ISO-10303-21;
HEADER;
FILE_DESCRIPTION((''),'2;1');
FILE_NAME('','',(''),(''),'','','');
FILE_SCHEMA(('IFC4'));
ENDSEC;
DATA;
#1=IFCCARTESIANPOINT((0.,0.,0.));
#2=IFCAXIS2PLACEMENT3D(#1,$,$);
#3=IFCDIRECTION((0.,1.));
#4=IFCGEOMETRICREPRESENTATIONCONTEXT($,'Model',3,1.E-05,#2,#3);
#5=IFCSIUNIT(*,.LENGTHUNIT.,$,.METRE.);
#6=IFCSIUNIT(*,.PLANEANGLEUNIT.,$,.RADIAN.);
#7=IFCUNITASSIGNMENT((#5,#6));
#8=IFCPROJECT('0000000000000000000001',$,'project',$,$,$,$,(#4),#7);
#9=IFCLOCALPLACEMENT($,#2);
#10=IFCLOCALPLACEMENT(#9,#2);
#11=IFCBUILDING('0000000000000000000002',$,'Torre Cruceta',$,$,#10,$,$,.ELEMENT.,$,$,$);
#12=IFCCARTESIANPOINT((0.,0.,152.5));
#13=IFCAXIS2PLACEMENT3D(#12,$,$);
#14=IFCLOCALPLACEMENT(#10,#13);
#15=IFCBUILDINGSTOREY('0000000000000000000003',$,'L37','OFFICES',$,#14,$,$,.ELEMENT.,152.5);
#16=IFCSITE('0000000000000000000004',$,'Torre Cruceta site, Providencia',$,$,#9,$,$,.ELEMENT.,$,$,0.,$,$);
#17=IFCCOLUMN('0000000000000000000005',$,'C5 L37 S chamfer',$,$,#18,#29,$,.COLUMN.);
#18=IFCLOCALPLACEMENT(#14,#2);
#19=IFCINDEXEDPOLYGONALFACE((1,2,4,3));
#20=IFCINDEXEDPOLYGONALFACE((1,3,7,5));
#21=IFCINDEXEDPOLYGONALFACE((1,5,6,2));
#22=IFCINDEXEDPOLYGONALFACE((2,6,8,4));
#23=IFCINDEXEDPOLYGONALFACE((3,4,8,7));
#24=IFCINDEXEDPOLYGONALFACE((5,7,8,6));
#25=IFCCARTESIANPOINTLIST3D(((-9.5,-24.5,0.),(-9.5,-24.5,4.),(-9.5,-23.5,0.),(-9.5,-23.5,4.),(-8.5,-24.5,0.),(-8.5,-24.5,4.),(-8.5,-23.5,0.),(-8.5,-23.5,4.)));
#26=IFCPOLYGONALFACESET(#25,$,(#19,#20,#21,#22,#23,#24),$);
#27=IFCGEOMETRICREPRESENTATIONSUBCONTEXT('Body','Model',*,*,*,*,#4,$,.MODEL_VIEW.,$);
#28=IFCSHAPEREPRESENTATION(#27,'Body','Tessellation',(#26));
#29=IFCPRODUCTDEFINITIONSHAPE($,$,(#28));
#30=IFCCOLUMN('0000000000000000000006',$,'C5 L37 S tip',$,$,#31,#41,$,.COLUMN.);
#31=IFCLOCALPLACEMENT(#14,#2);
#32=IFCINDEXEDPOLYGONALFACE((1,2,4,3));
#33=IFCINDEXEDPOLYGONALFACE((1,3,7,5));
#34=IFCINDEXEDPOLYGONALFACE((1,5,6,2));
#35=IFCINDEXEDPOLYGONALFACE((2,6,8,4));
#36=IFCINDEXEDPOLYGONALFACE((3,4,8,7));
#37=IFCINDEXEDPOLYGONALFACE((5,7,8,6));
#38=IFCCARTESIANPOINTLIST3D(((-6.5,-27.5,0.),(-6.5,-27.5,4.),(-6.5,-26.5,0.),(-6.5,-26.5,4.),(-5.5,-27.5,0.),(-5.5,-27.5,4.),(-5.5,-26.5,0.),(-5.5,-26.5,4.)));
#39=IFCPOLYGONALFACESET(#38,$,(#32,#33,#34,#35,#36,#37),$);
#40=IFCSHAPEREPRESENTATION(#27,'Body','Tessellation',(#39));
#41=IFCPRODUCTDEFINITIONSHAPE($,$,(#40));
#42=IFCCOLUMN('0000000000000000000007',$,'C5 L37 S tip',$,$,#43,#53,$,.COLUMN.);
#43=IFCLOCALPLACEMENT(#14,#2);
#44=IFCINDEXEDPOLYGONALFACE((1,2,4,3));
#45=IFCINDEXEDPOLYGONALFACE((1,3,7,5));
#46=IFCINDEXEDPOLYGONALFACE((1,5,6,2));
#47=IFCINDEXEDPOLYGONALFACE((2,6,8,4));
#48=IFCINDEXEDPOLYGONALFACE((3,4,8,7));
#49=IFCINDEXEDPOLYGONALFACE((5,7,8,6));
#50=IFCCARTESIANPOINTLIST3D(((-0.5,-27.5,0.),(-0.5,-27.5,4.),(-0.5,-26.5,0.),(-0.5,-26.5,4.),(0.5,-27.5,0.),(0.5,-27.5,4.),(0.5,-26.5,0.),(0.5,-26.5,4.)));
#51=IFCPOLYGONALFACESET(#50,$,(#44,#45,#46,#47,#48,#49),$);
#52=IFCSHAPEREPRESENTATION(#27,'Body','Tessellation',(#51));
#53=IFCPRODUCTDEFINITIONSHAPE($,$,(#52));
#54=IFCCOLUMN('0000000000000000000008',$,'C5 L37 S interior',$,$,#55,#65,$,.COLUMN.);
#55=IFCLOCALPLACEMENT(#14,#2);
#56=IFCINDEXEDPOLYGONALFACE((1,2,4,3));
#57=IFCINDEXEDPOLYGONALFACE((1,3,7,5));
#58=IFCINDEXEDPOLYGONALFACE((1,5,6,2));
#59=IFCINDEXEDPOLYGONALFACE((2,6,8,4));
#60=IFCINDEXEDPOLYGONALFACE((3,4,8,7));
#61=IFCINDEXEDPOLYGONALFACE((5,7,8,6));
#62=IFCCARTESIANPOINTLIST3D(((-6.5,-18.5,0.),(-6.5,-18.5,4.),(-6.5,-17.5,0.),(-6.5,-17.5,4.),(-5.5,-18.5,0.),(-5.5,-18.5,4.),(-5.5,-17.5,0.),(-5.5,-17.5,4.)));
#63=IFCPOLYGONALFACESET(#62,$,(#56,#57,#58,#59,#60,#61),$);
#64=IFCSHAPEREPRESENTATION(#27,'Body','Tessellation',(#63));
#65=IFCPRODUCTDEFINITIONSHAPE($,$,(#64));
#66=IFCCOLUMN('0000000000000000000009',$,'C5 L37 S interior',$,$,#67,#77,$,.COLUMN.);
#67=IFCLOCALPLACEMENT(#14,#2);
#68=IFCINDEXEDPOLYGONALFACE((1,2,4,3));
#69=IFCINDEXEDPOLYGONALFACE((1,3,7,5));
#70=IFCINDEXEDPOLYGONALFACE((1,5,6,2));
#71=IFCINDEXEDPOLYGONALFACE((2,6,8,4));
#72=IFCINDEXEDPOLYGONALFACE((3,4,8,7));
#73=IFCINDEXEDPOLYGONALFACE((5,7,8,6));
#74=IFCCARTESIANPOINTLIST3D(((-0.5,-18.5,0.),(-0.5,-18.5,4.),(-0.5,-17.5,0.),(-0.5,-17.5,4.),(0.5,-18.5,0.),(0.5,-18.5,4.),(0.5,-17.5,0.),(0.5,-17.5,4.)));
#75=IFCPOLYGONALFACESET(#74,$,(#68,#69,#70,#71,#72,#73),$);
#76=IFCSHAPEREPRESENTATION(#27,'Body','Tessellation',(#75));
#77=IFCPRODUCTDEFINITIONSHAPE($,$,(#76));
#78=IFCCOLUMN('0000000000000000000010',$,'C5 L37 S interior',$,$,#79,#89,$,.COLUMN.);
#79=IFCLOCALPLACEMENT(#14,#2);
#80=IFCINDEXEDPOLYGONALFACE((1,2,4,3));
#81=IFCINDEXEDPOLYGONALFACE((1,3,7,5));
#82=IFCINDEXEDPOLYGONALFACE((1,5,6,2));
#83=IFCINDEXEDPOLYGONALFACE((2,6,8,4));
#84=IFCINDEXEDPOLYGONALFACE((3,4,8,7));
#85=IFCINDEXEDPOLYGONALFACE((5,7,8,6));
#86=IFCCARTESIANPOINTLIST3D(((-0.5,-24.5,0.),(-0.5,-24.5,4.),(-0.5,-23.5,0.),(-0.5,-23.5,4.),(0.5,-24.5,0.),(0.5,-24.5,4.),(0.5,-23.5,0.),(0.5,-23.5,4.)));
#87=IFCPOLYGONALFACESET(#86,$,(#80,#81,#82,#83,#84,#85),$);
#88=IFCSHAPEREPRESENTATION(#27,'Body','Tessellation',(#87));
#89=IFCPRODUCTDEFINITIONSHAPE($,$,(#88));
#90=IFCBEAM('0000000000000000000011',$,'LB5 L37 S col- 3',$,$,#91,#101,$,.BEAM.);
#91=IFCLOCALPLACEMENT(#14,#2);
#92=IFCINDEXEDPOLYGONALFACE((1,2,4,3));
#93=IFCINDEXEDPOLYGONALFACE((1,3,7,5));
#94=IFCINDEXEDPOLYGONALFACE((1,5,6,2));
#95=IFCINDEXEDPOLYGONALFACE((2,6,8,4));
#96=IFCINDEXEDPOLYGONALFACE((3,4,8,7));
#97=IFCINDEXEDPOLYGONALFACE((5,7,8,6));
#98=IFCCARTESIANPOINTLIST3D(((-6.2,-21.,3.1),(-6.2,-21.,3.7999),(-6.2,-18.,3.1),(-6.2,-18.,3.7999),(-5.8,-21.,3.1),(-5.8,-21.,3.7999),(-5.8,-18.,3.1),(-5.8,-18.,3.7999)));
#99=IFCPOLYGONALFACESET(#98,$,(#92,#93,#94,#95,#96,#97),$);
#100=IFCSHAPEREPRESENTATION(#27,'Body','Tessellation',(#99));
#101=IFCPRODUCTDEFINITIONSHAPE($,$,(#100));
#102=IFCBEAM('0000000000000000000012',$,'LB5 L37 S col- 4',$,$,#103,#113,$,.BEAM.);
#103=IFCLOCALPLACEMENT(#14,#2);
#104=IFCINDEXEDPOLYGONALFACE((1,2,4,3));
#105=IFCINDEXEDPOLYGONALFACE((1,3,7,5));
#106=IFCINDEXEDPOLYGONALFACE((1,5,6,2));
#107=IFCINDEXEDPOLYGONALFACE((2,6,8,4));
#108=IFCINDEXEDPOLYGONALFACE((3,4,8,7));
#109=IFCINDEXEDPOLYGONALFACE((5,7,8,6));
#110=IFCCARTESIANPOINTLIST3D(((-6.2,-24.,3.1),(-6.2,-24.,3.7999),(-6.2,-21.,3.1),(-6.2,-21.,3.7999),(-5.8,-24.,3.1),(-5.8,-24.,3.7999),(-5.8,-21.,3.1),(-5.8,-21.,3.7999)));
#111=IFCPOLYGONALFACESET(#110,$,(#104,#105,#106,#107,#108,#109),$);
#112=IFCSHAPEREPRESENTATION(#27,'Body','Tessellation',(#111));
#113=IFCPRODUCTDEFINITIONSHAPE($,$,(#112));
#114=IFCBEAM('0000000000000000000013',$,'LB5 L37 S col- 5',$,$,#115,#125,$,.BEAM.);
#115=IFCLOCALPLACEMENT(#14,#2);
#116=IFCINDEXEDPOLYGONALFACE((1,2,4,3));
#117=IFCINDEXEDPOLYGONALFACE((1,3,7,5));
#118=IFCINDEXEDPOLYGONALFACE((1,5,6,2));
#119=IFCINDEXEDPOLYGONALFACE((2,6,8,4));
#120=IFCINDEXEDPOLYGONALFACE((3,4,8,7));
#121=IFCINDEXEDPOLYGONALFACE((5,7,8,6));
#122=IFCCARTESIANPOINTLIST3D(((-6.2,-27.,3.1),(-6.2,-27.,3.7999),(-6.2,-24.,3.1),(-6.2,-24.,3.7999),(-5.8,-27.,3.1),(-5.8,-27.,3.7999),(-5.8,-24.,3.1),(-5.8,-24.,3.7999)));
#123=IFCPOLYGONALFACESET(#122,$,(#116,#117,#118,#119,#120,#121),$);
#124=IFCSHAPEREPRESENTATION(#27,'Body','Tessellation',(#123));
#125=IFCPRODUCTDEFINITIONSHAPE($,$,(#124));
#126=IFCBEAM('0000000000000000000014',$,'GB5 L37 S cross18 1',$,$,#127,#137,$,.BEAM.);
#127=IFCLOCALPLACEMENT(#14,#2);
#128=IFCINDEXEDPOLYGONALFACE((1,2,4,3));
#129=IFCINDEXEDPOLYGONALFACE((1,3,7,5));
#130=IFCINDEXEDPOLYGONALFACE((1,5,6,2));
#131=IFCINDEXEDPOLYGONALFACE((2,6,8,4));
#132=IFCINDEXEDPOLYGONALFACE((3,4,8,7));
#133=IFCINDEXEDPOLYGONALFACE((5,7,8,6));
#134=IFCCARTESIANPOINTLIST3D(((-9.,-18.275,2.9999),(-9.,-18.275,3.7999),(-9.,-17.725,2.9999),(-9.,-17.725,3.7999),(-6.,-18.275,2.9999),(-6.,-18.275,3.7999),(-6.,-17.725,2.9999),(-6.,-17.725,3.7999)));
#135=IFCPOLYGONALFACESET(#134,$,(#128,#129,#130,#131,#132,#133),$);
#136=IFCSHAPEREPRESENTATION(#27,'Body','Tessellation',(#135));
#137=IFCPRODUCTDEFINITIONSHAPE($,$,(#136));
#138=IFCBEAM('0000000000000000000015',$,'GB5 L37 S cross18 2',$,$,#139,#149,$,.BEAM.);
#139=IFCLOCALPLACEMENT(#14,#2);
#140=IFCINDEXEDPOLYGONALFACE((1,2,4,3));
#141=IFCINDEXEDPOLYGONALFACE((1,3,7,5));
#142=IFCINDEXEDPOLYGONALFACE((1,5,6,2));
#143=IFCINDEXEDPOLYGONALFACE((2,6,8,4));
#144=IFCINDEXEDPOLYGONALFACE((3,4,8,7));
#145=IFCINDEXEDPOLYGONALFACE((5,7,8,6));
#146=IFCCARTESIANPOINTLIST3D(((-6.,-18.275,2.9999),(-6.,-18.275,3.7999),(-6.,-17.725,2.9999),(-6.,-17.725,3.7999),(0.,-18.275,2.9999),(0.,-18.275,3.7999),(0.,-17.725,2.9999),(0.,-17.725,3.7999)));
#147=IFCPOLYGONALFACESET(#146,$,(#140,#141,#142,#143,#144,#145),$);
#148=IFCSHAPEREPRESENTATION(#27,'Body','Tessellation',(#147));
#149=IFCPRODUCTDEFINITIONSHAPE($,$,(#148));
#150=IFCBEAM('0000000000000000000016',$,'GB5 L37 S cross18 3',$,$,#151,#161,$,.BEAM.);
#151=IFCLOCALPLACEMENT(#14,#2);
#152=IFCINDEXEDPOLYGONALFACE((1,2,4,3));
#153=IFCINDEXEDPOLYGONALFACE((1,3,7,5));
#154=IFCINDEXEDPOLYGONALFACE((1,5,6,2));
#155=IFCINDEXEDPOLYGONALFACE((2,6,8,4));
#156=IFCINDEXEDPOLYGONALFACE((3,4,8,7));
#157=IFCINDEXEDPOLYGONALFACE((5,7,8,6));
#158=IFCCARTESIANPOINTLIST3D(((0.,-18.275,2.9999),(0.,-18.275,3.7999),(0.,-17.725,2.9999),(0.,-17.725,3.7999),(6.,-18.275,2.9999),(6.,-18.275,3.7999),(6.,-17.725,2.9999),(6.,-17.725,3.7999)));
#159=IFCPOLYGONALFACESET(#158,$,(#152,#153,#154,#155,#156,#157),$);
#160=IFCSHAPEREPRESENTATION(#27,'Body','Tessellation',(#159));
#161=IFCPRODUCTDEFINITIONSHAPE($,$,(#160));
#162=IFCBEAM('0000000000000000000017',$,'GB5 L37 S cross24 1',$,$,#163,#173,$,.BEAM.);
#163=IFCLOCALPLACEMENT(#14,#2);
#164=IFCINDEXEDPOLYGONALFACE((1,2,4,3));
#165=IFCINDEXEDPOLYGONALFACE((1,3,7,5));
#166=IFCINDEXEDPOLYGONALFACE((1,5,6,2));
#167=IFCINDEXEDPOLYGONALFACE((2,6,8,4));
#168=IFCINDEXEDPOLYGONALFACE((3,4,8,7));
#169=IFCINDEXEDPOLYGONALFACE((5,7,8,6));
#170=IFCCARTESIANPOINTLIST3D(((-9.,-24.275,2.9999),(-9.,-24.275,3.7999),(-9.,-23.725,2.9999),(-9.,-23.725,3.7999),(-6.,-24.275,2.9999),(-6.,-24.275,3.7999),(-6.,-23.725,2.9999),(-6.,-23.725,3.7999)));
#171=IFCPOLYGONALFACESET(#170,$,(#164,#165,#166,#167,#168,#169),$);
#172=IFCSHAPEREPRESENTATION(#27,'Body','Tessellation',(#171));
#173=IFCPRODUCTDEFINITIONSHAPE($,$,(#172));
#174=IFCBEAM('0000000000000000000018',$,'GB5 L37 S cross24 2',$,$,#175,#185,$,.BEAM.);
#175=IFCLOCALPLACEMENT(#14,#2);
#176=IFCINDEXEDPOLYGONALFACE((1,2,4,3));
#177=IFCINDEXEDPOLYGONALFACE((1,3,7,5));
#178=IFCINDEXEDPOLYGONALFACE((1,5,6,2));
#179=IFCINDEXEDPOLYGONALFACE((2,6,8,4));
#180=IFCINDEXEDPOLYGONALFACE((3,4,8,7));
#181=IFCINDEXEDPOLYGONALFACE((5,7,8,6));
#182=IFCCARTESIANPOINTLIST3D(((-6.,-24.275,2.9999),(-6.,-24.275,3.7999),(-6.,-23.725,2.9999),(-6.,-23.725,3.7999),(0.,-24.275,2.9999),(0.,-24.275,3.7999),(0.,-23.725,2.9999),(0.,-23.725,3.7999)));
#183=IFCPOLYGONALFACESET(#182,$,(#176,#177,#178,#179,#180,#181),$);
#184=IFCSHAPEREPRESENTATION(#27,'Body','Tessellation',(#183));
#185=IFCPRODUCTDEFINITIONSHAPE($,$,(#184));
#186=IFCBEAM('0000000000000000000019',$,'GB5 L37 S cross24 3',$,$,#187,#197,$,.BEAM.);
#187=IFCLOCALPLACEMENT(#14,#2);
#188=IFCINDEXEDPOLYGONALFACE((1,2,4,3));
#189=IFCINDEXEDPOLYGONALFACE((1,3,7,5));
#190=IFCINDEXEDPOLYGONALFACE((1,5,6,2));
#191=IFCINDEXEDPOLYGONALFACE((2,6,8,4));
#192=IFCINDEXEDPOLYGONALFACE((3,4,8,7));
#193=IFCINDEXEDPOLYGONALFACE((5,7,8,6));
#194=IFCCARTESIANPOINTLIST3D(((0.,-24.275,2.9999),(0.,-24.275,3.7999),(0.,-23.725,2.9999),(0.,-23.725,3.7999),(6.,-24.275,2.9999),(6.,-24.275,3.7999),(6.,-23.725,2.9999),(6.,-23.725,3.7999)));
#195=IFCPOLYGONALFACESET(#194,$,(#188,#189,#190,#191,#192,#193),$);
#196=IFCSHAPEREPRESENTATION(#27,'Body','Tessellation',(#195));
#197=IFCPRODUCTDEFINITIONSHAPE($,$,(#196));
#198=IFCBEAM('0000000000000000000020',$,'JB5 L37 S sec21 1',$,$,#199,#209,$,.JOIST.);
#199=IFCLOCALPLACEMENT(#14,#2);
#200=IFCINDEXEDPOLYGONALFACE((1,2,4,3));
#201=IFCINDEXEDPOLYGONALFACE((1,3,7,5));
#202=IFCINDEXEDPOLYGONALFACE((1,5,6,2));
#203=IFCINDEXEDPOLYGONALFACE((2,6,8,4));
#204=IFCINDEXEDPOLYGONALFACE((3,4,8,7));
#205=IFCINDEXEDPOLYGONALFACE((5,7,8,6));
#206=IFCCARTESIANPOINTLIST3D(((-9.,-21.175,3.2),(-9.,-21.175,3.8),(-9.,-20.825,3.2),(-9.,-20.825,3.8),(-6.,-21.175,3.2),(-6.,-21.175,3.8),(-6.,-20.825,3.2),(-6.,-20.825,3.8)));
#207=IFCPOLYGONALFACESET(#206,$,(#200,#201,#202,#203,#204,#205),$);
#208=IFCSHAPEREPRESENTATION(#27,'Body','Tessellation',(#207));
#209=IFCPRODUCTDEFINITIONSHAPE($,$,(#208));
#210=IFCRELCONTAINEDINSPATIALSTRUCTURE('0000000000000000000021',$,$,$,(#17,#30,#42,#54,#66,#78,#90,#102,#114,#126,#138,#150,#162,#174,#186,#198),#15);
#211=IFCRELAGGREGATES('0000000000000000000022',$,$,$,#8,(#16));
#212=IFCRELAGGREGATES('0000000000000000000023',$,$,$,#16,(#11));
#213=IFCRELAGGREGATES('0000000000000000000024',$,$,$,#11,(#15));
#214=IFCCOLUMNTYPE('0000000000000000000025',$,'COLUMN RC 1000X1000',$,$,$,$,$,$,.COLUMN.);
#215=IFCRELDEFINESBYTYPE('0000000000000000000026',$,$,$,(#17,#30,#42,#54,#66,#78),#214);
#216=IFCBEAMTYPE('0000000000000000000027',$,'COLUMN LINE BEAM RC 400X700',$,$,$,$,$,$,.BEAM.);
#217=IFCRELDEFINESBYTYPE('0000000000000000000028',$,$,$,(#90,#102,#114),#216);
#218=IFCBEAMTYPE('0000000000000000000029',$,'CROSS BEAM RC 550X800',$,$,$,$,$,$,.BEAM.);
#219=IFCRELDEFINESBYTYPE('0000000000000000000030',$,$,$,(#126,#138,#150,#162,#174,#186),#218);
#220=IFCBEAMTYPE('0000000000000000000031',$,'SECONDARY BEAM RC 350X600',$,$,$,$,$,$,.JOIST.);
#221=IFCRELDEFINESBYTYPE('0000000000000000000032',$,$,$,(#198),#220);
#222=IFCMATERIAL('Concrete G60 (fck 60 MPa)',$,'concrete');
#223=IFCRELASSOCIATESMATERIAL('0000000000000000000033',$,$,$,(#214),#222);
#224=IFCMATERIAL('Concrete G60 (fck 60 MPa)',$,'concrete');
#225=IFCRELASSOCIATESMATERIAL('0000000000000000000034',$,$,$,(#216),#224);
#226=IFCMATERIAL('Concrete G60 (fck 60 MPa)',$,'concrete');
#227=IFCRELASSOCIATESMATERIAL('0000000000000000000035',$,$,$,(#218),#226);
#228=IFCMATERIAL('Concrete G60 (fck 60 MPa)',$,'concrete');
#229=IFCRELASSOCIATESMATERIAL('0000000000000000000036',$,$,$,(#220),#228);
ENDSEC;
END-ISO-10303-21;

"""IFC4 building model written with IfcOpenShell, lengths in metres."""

from ifc_helpers import new_model, si_unit, direction, frame, origin, origin_2d, place, context, subcontext, project, spatial, rectangle, extrude, material, material_profile, profile_set, type_object, element, save


model = new_model("IFC4")

# Units and contexts
model_context = context("Model", 3, precision=1e-05, world=origin(), true_north=direction((0.0, 1.0)))
body_context = subcontext(model_context, "Body", "Model", "MODEL_VIEW")
ifc_project = project(units=[si_unit("LENGTHUNIT", "METRE"), si_unit("PLANEANGLEUNIT", "RADIAN")], contexts=[model_context])

# Site, building, storey
site_placement = place(None, origin())
site = spatial("IfcSite", under=ifc_project, at=site_placement, Name="Torre Cruceta site, Providencia", CompositionType="ELEMENT", RefElevation=0.0)
building_placement = place(site_placement, origin())
building = spatial("IfcBuilding", under=site, at=building_placement, Name="Torre Cruceta", CompositionType="ELEMENT")
storey_placement = place(building_placement, frame((0.0, 0.0, 152.5)))
storey = spatial("IfcBuildingStorey", under=building, at=storey_placement, Name="L37", Description="OFFICES", CompositionType="ELEMENT", Elevation=152.5)

# Columns
ifc_material_1 = material(Name="Concrete G60 (fck 60 MPa)", Category="concrete")
ifc_material_profile_1 = material_profile(ifc_material_1, rectangle(XDim=1.0, YDim=1.0, at=origin_2d()), Name="RC 1000X1000")
ifc_profile_set_1 = profile_set([ifc_material_profile_1], Name="Concrete G60 (fck 60 MPa)")
column_type = type_object("IfcColumnType", Name="COLUMN RC 1000X1000", PredefinedType="COLUMN", material=ifc_profile_set_1)
for number, where, z_axis, x_axis, name in (
    (1, (-9.0, -24.0, 0.0), (0.0, 0.0, 1.0), (1.0, 0.0, 0.0), "C5 L37 S chamfer"),
    (2, (-6.0, -27.0, 0.0), (0.0, 0.0, 1.0), (1.0, 0.0, 0.0), "C5 L37 S tip"),
    (3, (0.0, -27.0, 0.0), (0.0, 0.0, 1.0), (1.0, 0.0, 0.0), "C5 L37 S tip"),
    (4, (-6.0, -18.0, 0.0), (0.0, 0.0, 1.0), (1.0, 0.0, 0.0), "C5 L37 S interior"),
    (5, (0.0, -18.0, 0.0), (0.0, 0.0, 1.0), (1.0, 0.0, 0.0), "C5 L37 S interior"),
    (6, (0.0, -24.0, 0.0), (0.0, 0.0, 1.0), (1.0, 0.0, 0.0), "C5 L37 S interior"),
):
    element("IfcColumn", number, at=place(storey_placement, frame(where, z_axis=z_axis, x_axis=x_axis)), inside=storey, type_object=column_type, Name=name, PredefinedType="COLUMN", context=body_context, shape_type="SweptSolid", body=[
        extrude(rectangle(XDim=1.0, YDim=1.0, at=origin_2d()), origin(), (0.0, 0.0, 1.0), 4.0),
    ])

# Beams
ifc_material_2 = material(Name="Concrete G60 (fck 60 MPa)", Category="concrete")
ifc_material_profile_2 = material_profile(ifc_material_2, rectangle(XDim=0.3999, YDim=0.7, at=origin_2d()), Name="RC 400X700")
ifc_profile_set_2 = profile_set([ifc_material_profile_2], Name="Concrete G60 (fck 60 MPa)")
beam_type_1 = type_object("IfcBeamType", Name="COLUMN LINE BEAM RC 400X700", PredefinedType="BEAM", material=ifc_profile_set_2)
for number, where, z_axis, x_axis, name in (
    (7, (-6.0, -18.0, 3.45), (0.0, -1.0, 0.0), (1.0, 0.0, 0.0), "LB5 L37 S col- 3"),
    (8, (-6.0, -21.0, 3.45), (0.0, -1.0, 0.0), (1.0, 0.0, 0.0), "LB5 L37 S col- 4"),
    (9, (-6.0, -24.0, 3.45), (0.0, -1.0, 0.0), (1.0, 0.0, 0.0), "LB5 L37 S col- 5"),
):
    element("IfcBeam", number, at=place(storey_placement, frame(where, z_axis=z_axis, x_axis=x_axis)), inside=storey, type_object=beam_type_1, Name=name, PredefinedType="BEAM", context=body_context, shape_type="SweptSolid", body=[
        extrude(rectangle(XDim=0.3999, YDim=0.7, at=origin_2d()), origin(), (0.0, 0.0, 1.0), 3.0),
    ])
ifc_material_3 = material(Name="Concrete G60 (fck 60 MPa)", Category="concrete")
ifc_material_profile_3 = material_profile(ifc_material_3, rectangle(XDim=0.55, YDim=0.8, at=origin_2d()), Name="RC 550X800")
ifc_profile_set_3 = profile_set([ifc_material_profile_3], Name="Concrete G60 (fck 60 MPa)")
beam_type_2 = type_object("IfcBeamType", Name="CROSS BEAM RC 550X800", PredefinedType="BEAM", material=ifc_profile_set_3)
beam_1_placement = place(storey_placement, frame((-9.0, -18.0, 3.3999), z_axis=(1.0, 0.0, 0.0), x_axis=(0.0, 1.0, 0.0)))
element("IfcBeam", 10, at=beam_1_placement, inside=storey, type_object=beam_type_2, Name="GB5 L37 S cross18 1", PredefinedType="BEAM", context=body_context, shape_type="SweptSolid", body=[
    extrude(rectangle(XDim=0.55, YDim=0.8, at=origin_2d()), origin(), (0.0, 0.0, 1.0), 3.0),
])
for number, where, z_axis, x_axis, name in (
    (11, (-6.0, -18.0, 3.3999), (1.0, 0.0, 0.0), (0.0, 1.0, 0.0), "GB5 L37 S cross18 2"),
    (12, (0.0, -18.0, 3.3999), (1.0, 0.0, 0.0), (0.0, 1.0, 0.0), "GB5 L37 S cross18 3"),
):
    element("IfcBeam", number, at=place(storey_placement, frame(where, z_axis=z_axis, x_axis=x_axis)), inside=storey, type_object=beam_type_2, Name=name, PredefinedType="BEAM", context=body_context, shape_type="SweptSolid", body=[
        extrude(rectangle(XDim=0.55, YDim=0.8, at=origin_2d()), origin(), (0.0, 0.0, 1.0), 6.0),
    ])
beam_2_placement = place(storey_placement, frame((-9.0, -24.0, 3.3999), z_axis=(1.0, 0.0, 0.0), x_axis=(0.0, 1.0, 0.0)))
element("IfcBeam", 13, at=beam_2_placement, inside=storey, type_object=beam_type_2, Name="GB5 L37 S cross24 1", PredefinedType="BEAM", context=body_context, shape_type="SweptSolid", body=[
    extrude(rectangle(XDim=0.55, YDim=0.8, at=origin_2d()), origin(), (0.0, 0.0, 1.0), 3.0),
])
for number, where, z_axis, x_axis, name in (
    (14, (-6.0, -24.0, 3.3999), (1.0, 0.0, 0.0), (0.0, 1.0, 0.0), "GB5 L37 S cross24 2"),
    (15, (0.0, -24.0, 3.3999), (1.0, 0.0, 0.0), (0.0, 1.0, 0.0), "GB5 L37 S cross24 3"),
):
    element("IfcBeam", number, at=place(storey_placement, frame(where, z_axis=z_axis, x_axis=x_axis)), inside=storey, type_object=beam_type_2, Name=name, PredefinedType="BEAM", context=body_context, shape_type="SweptSolid", body=[
        extrude(rectangle(XDim=0.55, YDim=0.8, at=origin_2d()), origin(), (0.0, 0.0, 1.0), 6.0),
    ])
ifc_material_4 = material(Name="Concrete G60 (fck 60 MPa)", Category="concrete")
ifc_material_profile_4 = material_profile(ifc_material_4, rectangle(XDim=0.3501, YDim=0.6001, at=origin_2d()), Name="RC 350X600")
ifc_profile_set_4 = profile_set([ifc_material_profile_4], Name="Concrete G60 (fck 60 MPa)")
beam_type_3 = type_object("IfcBeamType", Name="SECONDARY BEAM RC 350X600", PredefinedType="JOIST", material=ifc_profile_set_4)
beam_3_placement = place(storey_placement, frame((-9.0, -21.0, 3.5), z_axis=(1.0, 0.0, 0.0), x_axis=(0.0, 1.0, 0.0)))
element("IfcBeam", 16, at=beam_3_placement, inside=storey, type_object=beam_type_3, Name="JB5 L37 S sec21 1", PredefinedType="JOIST", context=body_context, shape_type="SweptSolid", body=[
    extrude(rectangle(XDim=0.3501, YDim=0.6001, at=origin_2d()), origin(), (0.0, 0.0, 1.0), 3.0),
])

save(model, "model.ifc")
